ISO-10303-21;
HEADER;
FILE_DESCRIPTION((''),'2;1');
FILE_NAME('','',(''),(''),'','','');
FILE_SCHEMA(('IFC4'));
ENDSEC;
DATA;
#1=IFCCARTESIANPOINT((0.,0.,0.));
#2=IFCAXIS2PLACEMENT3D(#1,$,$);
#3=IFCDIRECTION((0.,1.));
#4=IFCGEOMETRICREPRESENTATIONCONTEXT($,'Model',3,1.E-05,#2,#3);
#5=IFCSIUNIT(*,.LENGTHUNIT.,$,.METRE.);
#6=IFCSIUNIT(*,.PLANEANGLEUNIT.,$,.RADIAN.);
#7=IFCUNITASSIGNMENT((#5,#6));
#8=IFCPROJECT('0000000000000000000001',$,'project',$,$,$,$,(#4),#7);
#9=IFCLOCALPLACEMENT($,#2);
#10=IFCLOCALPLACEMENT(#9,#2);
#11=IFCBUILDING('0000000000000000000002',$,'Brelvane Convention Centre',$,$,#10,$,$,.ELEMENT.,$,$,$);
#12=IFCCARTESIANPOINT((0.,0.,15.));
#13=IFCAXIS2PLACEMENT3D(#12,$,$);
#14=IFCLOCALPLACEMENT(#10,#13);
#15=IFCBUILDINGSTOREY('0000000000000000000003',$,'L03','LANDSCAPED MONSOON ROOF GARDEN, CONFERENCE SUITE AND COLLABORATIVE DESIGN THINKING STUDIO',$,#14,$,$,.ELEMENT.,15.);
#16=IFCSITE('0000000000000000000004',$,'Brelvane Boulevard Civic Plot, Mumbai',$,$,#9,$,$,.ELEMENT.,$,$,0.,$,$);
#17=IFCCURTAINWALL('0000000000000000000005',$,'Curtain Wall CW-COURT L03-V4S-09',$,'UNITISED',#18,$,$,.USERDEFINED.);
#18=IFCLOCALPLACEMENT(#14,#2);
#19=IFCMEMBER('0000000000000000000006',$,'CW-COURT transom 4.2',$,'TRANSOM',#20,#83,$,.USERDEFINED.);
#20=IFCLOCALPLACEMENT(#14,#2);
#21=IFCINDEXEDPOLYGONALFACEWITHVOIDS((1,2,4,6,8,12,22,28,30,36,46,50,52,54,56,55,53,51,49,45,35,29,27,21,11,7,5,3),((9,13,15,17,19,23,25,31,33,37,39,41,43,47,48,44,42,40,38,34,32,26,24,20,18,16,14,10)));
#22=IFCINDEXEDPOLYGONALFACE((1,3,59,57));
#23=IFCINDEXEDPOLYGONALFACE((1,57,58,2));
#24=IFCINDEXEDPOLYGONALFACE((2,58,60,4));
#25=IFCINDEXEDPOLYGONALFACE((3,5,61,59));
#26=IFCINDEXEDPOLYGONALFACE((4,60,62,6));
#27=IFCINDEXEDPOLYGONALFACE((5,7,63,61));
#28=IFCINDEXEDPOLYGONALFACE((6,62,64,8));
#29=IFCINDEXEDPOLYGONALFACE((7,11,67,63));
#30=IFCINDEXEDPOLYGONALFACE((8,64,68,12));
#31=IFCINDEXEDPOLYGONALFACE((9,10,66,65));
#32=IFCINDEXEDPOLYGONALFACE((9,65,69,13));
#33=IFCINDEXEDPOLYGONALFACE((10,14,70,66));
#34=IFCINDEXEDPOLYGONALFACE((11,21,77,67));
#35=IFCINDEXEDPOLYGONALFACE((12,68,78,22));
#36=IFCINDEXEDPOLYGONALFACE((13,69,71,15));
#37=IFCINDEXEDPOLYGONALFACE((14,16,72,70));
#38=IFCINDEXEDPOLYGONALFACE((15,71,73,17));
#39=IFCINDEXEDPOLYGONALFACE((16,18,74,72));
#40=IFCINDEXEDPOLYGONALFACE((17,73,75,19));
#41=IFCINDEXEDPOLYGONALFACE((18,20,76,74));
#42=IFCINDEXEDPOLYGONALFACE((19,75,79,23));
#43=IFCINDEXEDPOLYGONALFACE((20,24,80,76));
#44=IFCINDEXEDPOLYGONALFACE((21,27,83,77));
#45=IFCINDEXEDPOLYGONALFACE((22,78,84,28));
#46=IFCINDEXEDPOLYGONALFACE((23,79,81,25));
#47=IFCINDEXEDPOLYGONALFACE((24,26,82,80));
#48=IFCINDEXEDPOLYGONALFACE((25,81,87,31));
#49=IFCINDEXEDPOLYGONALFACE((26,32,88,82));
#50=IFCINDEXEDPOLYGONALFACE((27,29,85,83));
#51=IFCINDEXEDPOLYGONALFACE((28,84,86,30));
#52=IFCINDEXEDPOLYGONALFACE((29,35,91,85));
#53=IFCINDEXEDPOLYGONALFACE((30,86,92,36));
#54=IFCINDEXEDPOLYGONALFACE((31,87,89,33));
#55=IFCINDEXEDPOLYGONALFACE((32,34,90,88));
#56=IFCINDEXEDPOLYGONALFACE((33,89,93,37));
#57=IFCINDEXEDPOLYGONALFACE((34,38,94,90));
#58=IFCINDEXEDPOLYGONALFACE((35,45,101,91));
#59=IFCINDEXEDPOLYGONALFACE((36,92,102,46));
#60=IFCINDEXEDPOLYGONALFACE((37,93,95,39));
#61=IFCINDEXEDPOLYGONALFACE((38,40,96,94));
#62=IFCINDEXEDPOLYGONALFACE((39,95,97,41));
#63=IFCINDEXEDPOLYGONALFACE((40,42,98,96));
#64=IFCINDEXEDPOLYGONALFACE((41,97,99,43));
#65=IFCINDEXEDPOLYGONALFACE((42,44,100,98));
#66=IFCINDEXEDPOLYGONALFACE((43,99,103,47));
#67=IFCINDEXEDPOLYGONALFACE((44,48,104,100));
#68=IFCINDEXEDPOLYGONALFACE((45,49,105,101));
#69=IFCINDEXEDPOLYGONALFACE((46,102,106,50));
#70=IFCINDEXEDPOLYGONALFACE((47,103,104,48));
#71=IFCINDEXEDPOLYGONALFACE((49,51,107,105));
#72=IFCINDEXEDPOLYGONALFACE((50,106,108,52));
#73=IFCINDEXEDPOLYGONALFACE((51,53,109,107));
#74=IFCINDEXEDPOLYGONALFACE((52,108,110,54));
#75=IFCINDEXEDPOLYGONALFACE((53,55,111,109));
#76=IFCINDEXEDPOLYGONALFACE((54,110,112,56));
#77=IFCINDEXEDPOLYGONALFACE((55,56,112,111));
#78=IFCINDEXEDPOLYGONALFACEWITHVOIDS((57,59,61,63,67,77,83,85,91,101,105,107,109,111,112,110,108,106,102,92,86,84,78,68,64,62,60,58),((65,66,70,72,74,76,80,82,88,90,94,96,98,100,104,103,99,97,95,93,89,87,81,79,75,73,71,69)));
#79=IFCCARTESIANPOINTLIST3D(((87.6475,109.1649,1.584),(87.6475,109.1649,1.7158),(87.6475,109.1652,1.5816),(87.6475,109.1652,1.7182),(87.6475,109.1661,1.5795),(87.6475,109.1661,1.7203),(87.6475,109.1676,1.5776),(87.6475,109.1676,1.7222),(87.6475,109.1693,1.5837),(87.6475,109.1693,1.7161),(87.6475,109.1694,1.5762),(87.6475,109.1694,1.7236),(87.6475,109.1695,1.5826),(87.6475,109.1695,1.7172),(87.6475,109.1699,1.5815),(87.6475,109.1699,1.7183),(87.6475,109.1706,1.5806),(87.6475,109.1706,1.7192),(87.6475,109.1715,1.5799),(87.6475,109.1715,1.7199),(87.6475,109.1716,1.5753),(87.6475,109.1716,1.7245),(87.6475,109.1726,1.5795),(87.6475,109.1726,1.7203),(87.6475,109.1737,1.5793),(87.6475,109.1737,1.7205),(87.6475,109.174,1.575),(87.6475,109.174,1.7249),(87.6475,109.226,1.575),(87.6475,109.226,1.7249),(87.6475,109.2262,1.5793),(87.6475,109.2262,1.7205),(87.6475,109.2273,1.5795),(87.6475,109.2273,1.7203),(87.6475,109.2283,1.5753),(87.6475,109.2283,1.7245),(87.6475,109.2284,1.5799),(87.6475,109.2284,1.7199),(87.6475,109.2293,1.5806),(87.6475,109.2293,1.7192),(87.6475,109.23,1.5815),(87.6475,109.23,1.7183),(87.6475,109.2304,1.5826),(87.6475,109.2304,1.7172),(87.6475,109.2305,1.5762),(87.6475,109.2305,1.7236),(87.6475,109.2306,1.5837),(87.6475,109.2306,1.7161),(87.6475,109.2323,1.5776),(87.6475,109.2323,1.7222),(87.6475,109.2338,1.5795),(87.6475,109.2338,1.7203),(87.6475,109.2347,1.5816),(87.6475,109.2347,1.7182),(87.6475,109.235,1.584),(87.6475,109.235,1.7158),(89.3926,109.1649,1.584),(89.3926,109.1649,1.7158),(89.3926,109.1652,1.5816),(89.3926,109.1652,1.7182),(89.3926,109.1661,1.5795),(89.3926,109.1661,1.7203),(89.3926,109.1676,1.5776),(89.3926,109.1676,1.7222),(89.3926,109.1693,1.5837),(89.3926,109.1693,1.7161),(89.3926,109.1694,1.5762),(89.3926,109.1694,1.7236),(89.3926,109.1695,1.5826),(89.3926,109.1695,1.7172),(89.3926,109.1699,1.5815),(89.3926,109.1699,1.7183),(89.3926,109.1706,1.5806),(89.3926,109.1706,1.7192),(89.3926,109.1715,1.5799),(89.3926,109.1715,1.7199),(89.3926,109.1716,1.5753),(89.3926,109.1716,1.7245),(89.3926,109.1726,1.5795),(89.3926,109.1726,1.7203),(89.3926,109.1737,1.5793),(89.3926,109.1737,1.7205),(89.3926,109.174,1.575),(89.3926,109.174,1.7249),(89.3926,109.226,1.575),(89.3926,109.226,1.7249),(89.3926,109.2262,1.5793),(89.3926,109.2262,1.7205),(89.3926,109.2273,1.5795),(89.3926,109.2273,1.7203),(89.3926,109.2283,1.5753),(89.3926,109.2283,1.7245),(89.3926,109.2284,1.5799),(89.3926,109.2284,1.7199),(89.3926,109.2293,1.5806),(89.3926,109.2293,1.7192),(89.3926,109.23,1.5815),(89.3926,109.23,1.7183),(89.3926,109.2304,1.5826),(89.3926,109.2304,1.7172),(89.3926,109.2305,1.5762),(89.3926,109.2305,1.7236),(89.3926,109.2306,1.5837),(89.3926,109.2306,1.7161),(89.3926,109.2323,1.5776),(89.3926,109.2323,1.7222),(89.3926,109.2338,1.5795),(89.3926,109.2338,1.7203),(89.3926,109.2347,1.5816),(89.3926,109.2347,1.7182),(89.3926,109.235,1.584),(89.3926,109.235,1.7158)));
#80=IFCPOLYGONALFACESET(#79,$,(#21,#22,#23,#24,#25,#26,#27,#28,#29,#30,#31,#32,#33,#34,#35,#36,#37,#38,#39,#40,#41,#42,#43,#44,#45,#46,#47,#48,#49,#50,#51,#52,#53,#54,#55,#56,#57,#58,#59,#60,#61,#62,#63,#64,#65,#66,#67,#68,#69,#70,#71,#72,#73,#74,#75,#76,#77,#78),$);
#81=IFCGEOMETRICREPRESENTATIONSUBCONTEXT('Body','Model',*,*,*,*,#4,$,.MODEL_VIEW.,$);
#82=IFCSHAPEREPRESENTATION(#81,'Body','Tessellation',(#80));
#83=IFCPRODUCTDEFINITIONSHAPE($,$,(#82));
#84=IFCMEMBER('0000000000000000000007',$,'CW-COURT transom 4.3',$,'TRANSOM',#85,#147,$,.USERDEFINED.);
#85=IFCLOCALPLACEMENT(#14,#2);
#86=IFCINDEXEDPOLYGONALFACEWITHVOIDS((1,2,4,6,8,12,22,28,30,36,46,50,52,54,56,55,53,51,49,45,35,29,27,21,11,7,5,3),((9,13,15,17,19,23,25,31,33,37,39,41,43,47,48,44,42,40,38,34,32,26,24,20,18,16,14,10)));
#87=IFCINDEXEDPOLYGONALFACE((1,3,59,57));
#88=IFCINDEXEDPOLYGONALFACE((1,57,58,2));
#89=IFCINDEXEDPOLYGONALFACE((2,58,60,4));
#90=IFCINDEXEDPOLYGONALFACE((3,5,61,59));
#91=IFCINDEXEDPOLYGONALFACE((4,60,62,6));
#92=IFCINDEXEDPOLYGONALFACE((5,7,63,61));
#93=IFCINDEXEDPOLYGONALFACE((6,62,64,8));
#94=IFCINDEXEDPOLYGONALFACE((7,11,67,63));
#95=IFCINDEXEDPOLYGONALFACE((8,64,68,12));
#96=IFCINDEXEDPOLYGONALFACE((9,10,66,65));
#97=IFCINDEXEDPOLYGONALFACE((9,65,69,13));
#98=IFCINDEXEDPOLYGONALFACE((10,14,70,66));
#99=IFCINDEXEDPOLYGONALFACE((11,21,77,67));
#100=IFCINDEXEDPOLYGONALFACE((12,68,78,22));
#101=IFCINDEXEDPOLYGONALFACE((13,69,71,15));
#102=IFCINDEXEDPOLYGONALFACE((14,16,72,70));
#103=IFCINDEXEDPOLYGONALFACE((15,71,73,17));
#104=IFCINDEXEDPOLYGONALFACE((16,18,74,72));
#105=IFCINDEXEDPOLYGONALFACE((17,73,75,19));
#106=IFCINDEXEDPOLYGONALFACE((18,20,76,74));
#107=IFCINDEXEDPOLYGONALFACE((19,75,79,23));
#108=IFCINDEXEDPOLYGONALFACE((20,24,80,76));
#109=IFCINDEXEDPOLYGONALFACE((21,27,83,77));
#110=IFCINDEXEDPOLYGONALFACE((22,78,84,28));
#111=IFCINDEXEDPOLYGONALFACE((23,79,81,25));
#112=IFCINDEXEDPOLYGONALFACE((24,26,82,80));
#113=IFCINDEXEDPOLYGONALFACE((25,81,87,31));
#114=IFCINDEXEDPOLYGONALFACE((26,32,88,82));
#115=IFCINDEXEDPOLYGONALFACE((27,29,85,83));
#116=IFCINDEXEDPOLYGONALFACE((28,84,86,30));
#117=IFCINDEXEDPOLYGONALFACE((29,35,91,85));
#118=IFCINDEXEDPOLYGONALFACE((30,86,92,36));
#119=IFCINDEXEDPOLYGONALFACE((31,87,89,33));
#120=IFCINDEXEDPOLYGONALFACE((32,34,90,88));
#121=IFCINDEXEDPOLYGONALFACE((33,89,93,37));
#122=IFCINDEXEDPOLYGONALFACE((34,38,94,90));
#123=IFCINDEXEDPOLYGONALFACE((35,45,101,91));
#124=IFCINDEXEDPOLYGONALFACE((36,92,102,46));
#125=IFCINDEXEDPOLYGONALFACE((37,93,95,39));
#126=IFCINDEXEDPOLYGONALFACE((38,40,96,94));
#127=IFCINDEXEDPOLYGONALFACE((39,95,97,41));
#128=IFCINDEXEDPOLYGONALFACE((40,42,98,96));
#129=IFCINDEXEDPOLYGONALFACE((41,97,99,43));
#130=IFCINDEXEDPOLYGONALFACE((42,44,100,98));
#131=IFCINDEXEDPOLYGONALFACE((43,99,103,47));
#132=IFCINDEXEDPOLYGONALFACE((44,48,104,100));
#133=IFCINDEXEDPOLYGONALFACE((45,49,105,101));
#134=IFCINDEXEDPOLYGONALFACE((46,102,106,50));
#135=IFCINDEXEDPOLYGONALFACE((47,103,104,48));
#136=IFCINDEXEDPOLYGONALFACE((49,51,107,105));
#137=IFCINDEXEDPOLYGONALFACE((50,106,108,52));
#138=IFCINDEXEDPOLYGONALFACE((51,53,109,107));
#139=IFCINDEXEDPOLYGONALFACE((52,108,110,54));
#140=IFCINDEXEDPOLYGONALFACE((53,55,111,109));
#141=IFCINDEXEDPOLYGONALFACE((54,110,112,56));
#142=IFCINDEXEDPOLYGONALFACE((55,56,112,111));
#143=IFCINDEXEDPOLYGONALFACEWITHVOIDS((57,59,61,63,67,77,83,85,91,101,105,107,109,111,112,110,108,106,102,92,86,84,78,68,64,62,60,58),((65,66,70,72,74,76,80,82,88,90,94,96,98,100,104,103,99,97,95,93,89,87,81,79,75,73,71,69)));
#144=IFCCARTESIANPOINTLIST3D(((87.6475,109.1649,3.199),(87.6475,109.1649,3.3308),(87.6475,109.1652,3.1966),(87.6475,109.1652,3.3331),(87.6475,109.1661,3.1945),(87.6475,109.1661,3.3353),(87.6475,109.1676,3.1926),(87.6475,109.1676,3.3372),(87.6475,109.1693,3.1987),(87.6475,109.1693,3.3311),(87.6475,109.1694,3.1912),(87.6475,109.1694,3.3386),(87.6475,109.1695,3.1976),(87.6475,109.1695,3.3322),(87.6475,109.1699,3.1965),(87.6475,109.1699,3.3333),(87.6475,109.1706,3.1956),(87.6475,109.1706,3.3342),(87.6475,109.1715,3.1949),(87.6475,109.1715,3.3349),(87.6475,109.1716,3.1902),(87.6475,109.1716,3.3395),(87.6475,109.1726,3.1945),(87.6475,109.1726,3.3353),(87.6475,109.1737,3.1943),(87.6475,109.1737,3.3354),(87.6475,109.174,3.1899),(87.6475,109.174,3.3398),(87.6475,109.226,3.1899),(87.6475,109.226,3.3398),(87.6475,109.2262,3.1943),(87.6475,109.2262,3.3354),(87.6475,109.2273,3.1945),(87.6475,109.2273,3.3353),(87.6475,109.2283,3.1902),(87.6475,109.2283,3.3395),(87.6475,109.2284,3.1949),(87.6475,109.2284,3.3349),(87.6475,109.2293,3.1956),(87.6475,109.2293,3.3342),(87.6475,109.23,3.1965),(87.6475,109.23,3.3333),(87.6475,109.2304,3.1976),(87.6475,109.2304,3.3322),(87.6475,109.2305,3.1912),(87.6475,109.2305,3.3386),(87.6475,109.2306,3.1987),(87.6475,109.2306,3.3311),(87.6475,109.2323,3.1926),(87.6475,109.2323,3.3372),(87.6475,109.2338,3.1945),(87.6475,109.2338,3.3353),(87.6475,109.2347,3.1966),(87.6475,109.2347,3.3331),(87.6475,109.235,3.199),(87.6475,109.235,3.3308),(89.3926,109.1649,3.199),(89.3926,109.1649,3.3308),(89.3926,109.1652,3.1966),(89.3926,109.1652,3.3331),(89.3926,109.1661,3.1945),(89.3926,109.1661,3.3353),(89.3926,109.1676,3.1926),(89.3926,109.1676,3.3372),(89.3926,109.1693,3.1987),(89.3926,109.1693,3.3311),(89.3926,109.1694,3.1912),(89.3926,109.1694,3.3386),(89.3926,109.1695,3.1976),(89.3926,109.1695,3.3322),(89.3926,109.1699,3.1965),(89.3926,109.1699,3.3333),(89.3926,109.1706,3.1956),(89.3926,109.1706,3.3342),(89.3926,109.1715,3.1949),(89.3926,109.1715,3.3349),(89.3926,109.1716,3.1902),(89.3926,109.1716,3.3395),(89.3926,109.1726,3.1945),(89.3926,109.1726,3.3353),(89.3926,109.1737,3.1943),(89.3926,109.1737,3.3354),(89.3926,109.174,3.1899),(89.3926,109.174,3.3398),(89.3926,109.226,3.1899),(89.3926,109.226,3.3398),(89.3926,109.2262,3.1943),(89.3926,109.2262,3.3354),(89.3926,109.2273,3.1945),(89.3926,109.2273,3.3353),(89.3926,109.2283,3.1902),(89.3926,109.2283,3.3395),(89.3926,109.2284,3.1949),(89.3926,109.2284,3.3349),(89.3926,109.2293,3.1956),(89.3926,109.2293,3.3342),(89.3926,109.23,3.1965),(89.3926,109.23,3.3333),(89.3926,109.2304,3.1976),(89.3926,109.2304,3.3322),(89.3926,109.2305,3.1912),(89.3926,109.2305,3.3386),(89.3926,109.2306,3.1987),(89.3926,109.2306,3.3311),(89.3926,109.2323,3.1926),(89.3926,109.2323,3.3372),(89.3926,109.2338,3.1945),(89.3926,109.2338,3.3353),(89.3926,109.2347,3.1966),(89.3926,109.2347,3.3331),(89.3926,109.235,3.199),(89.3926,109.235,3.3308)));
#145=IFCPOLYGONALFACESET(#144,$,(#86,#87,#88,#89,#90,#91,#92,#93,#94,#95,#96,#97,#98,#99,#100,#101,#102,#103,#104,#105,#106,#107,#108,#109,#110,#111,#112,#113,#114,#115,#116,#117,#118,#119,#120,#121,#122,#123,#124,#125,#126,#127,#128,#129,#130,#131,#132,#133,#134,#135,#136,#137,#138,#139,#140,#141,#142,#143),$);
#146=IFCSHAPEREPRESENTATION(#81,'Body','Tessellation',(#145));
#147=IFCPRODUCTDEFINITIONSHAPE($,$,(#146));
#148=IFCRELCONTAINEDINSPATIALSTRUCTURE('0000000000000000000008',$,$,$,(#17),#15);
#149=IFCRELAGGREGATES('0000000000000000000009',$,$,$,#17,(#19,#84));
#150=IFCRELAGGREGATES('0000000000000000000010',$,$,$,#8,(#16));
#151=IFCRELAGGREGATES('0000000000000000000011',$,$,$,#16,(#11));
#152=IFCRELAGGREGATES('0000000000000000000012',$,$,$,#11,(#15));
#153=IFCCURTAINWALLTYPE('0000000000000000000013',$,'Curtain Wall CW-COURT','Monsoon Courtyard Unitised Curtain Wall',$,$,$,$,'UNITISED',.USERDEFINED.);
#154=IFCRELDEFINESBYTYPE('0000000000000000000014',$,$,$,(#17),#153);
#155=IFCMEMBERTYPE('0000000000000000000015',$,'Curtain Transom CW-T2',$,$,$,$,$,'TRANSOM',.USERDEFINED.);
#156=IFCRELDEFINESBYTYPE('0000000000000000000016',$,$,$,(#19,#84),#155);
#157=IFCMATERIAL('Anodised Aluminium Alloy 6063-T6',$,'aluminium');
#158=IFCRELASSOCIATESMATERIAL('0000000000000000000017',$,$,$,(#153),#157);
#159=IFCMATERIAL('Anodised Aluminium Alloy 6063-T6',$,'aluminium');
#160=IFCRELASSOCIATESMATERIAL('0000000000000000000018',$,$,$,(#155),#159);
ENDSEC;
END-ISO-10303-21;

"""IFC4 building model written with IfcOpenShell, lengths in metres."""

from ifc_helpers import new_model, si_unit, direction, frame, origin, origin_2d, place, context, subcontext, project, spatial, hollow_rectangle, extrude, material, material_profile, profile_set, type_object, element, aggregate, save


model = new_model("IFC4")

# Units and contexts
model_context = context("Model", 3, precision=1e-05, world=origin(), true_north=direction((0.0, 1.0)))
body_context = subcontext(model_context, "Body", "Model", "MODEL_VIEW")
ifc_project = project(units=[si_unit("LENGTHUNIT", "METRE"), si_unit("PLANEANGLEUNIT", "RADIAN")], contexts=[model_context])

# Site, building, storey
site_placement = place(None, origin())
site = spatial("IfcSite", under=ifc_project, at=site_placement, Name="Brelvane Boulevard Civic Plot, Mumbai", CompositionType="ELEMENT", RefElevation=0.0)
building_placement = place(site_placement, origin())
building = spatial("IfcBuilding", under=site, at=building_placement, Name="Brelvane Convention Centre", CompositionType="ELEMENT")
storey_placement = place(building_placement, frame((0.0, 0.0, 15.0)))
storey = spatial("IfcBuildingStorey", under=building, at=storey_placement, Name="L03", Description="LANDSCAPED MONSOON ROOF GARDEN, CONFERENCE SUITE AND COLLABORATIVE DESIGN THINKING STUDIO", CompositionType="ELEMENT", Elevation=15.0)

# Curtain wall, members
ifc_material_1 = material(Name="Anodised Aluminium Alloy 6063-T6", Category="aluminium")
curtain_wall_type = type_object("IfcCurtainWallType", Name="Curtain Wall CW-COURT", Description="Monsoon Courtyard Unitised Curtain Wall", ElementType="UNITISED", PredefinedType="USERDEFINED", material=ifc_material_1)
curtain_wall_placement = place(storey_placement, origin())
curtain_wall = element("IfcCurtainWall", 1, at=curtain_wall_placement, inside=storey, type_object=curtain_wall_type, Name="Curtain Wall CW-COURT L03-V4S-09", ObjectType="UNITISED", PredefinedType="USERDEFINED")
ifc_material_2 = material(Name="Anodised Aluminium Alloy 6063-T6", Category="aluminium")
ifc_material_profile_1 = material_profile(ifc_material_2, hollow_rectangle(XDim=0.0701, YDim=0.1499, WallThickness=0.0044, InnerFilletRadius=0.0044, OuterFilletRadius=0.009, at=origin_2d()), Name="ALU-T 150x70x4.5")
ifc_profile_set_1 = profile_set([ifc_material_profile_1], Name="Anodised Aluminium Alloy 6063-T6")
member_type_1 = type_object("IfcMemberType", Name="Curtain Transom CW-T2", ElementType="TRANSOM", PredefinedType="USERDEFINED", material=ifc_profile_set_1)
member_1_placement = place(storey_placement, frame((87.6475, 109.2, 1.6499), z_axis=(1.0, 0.0, 0.0), x_axis=(0.0, 1.0, 0.0)))
member_1 = element("IfcMember", 2, at=member_1_placement, type_object=member_type_1, Name="CW-COURT transom 4.2", ObjectType="TRANSOM", PredefinedType="USERDEFINED", context=body_context, shape_type="SweptSolid", body=[
    extrude(hollow_rectangle(XDim=0.0701, YDim=0.1499, WallThickness=0.0044, InnerFilletRadius=0.0044, OuterFilletRadius=0.009, at=origin_2d()), origin(), (0.0, 0.0, 1.0), 1.7451),
])
member_2_placement = place(storey_placement, frame((87.6475, 109.2, 3.2649), z_axis=(1.0, 0.0, 0.0), x_axis=(0.0, 1.0, 0.0)))
member_2 = element("IfcMember", 3, at=member_2_placement, type_object=member_type_1, Name="CW-COURT transom 4.3", ObjectType="TRANSOM", PredefinedType="USERDEFINED", context=body_context, shape_type="SweptSolid", body=[
    extrude(hollow_rectangle(XDim=0.0701, YDim=0.1499, WallThickness=0.0044, InnerFilletRadius=0.0044, OuterFilletRadius=0.009, at=origin_2d()), origin(), (0.0, 0.0, 1.0), 1.7451),
])

aggregate(curtain_wall, [member_1, member_2])

save(model, "model.ifc")
